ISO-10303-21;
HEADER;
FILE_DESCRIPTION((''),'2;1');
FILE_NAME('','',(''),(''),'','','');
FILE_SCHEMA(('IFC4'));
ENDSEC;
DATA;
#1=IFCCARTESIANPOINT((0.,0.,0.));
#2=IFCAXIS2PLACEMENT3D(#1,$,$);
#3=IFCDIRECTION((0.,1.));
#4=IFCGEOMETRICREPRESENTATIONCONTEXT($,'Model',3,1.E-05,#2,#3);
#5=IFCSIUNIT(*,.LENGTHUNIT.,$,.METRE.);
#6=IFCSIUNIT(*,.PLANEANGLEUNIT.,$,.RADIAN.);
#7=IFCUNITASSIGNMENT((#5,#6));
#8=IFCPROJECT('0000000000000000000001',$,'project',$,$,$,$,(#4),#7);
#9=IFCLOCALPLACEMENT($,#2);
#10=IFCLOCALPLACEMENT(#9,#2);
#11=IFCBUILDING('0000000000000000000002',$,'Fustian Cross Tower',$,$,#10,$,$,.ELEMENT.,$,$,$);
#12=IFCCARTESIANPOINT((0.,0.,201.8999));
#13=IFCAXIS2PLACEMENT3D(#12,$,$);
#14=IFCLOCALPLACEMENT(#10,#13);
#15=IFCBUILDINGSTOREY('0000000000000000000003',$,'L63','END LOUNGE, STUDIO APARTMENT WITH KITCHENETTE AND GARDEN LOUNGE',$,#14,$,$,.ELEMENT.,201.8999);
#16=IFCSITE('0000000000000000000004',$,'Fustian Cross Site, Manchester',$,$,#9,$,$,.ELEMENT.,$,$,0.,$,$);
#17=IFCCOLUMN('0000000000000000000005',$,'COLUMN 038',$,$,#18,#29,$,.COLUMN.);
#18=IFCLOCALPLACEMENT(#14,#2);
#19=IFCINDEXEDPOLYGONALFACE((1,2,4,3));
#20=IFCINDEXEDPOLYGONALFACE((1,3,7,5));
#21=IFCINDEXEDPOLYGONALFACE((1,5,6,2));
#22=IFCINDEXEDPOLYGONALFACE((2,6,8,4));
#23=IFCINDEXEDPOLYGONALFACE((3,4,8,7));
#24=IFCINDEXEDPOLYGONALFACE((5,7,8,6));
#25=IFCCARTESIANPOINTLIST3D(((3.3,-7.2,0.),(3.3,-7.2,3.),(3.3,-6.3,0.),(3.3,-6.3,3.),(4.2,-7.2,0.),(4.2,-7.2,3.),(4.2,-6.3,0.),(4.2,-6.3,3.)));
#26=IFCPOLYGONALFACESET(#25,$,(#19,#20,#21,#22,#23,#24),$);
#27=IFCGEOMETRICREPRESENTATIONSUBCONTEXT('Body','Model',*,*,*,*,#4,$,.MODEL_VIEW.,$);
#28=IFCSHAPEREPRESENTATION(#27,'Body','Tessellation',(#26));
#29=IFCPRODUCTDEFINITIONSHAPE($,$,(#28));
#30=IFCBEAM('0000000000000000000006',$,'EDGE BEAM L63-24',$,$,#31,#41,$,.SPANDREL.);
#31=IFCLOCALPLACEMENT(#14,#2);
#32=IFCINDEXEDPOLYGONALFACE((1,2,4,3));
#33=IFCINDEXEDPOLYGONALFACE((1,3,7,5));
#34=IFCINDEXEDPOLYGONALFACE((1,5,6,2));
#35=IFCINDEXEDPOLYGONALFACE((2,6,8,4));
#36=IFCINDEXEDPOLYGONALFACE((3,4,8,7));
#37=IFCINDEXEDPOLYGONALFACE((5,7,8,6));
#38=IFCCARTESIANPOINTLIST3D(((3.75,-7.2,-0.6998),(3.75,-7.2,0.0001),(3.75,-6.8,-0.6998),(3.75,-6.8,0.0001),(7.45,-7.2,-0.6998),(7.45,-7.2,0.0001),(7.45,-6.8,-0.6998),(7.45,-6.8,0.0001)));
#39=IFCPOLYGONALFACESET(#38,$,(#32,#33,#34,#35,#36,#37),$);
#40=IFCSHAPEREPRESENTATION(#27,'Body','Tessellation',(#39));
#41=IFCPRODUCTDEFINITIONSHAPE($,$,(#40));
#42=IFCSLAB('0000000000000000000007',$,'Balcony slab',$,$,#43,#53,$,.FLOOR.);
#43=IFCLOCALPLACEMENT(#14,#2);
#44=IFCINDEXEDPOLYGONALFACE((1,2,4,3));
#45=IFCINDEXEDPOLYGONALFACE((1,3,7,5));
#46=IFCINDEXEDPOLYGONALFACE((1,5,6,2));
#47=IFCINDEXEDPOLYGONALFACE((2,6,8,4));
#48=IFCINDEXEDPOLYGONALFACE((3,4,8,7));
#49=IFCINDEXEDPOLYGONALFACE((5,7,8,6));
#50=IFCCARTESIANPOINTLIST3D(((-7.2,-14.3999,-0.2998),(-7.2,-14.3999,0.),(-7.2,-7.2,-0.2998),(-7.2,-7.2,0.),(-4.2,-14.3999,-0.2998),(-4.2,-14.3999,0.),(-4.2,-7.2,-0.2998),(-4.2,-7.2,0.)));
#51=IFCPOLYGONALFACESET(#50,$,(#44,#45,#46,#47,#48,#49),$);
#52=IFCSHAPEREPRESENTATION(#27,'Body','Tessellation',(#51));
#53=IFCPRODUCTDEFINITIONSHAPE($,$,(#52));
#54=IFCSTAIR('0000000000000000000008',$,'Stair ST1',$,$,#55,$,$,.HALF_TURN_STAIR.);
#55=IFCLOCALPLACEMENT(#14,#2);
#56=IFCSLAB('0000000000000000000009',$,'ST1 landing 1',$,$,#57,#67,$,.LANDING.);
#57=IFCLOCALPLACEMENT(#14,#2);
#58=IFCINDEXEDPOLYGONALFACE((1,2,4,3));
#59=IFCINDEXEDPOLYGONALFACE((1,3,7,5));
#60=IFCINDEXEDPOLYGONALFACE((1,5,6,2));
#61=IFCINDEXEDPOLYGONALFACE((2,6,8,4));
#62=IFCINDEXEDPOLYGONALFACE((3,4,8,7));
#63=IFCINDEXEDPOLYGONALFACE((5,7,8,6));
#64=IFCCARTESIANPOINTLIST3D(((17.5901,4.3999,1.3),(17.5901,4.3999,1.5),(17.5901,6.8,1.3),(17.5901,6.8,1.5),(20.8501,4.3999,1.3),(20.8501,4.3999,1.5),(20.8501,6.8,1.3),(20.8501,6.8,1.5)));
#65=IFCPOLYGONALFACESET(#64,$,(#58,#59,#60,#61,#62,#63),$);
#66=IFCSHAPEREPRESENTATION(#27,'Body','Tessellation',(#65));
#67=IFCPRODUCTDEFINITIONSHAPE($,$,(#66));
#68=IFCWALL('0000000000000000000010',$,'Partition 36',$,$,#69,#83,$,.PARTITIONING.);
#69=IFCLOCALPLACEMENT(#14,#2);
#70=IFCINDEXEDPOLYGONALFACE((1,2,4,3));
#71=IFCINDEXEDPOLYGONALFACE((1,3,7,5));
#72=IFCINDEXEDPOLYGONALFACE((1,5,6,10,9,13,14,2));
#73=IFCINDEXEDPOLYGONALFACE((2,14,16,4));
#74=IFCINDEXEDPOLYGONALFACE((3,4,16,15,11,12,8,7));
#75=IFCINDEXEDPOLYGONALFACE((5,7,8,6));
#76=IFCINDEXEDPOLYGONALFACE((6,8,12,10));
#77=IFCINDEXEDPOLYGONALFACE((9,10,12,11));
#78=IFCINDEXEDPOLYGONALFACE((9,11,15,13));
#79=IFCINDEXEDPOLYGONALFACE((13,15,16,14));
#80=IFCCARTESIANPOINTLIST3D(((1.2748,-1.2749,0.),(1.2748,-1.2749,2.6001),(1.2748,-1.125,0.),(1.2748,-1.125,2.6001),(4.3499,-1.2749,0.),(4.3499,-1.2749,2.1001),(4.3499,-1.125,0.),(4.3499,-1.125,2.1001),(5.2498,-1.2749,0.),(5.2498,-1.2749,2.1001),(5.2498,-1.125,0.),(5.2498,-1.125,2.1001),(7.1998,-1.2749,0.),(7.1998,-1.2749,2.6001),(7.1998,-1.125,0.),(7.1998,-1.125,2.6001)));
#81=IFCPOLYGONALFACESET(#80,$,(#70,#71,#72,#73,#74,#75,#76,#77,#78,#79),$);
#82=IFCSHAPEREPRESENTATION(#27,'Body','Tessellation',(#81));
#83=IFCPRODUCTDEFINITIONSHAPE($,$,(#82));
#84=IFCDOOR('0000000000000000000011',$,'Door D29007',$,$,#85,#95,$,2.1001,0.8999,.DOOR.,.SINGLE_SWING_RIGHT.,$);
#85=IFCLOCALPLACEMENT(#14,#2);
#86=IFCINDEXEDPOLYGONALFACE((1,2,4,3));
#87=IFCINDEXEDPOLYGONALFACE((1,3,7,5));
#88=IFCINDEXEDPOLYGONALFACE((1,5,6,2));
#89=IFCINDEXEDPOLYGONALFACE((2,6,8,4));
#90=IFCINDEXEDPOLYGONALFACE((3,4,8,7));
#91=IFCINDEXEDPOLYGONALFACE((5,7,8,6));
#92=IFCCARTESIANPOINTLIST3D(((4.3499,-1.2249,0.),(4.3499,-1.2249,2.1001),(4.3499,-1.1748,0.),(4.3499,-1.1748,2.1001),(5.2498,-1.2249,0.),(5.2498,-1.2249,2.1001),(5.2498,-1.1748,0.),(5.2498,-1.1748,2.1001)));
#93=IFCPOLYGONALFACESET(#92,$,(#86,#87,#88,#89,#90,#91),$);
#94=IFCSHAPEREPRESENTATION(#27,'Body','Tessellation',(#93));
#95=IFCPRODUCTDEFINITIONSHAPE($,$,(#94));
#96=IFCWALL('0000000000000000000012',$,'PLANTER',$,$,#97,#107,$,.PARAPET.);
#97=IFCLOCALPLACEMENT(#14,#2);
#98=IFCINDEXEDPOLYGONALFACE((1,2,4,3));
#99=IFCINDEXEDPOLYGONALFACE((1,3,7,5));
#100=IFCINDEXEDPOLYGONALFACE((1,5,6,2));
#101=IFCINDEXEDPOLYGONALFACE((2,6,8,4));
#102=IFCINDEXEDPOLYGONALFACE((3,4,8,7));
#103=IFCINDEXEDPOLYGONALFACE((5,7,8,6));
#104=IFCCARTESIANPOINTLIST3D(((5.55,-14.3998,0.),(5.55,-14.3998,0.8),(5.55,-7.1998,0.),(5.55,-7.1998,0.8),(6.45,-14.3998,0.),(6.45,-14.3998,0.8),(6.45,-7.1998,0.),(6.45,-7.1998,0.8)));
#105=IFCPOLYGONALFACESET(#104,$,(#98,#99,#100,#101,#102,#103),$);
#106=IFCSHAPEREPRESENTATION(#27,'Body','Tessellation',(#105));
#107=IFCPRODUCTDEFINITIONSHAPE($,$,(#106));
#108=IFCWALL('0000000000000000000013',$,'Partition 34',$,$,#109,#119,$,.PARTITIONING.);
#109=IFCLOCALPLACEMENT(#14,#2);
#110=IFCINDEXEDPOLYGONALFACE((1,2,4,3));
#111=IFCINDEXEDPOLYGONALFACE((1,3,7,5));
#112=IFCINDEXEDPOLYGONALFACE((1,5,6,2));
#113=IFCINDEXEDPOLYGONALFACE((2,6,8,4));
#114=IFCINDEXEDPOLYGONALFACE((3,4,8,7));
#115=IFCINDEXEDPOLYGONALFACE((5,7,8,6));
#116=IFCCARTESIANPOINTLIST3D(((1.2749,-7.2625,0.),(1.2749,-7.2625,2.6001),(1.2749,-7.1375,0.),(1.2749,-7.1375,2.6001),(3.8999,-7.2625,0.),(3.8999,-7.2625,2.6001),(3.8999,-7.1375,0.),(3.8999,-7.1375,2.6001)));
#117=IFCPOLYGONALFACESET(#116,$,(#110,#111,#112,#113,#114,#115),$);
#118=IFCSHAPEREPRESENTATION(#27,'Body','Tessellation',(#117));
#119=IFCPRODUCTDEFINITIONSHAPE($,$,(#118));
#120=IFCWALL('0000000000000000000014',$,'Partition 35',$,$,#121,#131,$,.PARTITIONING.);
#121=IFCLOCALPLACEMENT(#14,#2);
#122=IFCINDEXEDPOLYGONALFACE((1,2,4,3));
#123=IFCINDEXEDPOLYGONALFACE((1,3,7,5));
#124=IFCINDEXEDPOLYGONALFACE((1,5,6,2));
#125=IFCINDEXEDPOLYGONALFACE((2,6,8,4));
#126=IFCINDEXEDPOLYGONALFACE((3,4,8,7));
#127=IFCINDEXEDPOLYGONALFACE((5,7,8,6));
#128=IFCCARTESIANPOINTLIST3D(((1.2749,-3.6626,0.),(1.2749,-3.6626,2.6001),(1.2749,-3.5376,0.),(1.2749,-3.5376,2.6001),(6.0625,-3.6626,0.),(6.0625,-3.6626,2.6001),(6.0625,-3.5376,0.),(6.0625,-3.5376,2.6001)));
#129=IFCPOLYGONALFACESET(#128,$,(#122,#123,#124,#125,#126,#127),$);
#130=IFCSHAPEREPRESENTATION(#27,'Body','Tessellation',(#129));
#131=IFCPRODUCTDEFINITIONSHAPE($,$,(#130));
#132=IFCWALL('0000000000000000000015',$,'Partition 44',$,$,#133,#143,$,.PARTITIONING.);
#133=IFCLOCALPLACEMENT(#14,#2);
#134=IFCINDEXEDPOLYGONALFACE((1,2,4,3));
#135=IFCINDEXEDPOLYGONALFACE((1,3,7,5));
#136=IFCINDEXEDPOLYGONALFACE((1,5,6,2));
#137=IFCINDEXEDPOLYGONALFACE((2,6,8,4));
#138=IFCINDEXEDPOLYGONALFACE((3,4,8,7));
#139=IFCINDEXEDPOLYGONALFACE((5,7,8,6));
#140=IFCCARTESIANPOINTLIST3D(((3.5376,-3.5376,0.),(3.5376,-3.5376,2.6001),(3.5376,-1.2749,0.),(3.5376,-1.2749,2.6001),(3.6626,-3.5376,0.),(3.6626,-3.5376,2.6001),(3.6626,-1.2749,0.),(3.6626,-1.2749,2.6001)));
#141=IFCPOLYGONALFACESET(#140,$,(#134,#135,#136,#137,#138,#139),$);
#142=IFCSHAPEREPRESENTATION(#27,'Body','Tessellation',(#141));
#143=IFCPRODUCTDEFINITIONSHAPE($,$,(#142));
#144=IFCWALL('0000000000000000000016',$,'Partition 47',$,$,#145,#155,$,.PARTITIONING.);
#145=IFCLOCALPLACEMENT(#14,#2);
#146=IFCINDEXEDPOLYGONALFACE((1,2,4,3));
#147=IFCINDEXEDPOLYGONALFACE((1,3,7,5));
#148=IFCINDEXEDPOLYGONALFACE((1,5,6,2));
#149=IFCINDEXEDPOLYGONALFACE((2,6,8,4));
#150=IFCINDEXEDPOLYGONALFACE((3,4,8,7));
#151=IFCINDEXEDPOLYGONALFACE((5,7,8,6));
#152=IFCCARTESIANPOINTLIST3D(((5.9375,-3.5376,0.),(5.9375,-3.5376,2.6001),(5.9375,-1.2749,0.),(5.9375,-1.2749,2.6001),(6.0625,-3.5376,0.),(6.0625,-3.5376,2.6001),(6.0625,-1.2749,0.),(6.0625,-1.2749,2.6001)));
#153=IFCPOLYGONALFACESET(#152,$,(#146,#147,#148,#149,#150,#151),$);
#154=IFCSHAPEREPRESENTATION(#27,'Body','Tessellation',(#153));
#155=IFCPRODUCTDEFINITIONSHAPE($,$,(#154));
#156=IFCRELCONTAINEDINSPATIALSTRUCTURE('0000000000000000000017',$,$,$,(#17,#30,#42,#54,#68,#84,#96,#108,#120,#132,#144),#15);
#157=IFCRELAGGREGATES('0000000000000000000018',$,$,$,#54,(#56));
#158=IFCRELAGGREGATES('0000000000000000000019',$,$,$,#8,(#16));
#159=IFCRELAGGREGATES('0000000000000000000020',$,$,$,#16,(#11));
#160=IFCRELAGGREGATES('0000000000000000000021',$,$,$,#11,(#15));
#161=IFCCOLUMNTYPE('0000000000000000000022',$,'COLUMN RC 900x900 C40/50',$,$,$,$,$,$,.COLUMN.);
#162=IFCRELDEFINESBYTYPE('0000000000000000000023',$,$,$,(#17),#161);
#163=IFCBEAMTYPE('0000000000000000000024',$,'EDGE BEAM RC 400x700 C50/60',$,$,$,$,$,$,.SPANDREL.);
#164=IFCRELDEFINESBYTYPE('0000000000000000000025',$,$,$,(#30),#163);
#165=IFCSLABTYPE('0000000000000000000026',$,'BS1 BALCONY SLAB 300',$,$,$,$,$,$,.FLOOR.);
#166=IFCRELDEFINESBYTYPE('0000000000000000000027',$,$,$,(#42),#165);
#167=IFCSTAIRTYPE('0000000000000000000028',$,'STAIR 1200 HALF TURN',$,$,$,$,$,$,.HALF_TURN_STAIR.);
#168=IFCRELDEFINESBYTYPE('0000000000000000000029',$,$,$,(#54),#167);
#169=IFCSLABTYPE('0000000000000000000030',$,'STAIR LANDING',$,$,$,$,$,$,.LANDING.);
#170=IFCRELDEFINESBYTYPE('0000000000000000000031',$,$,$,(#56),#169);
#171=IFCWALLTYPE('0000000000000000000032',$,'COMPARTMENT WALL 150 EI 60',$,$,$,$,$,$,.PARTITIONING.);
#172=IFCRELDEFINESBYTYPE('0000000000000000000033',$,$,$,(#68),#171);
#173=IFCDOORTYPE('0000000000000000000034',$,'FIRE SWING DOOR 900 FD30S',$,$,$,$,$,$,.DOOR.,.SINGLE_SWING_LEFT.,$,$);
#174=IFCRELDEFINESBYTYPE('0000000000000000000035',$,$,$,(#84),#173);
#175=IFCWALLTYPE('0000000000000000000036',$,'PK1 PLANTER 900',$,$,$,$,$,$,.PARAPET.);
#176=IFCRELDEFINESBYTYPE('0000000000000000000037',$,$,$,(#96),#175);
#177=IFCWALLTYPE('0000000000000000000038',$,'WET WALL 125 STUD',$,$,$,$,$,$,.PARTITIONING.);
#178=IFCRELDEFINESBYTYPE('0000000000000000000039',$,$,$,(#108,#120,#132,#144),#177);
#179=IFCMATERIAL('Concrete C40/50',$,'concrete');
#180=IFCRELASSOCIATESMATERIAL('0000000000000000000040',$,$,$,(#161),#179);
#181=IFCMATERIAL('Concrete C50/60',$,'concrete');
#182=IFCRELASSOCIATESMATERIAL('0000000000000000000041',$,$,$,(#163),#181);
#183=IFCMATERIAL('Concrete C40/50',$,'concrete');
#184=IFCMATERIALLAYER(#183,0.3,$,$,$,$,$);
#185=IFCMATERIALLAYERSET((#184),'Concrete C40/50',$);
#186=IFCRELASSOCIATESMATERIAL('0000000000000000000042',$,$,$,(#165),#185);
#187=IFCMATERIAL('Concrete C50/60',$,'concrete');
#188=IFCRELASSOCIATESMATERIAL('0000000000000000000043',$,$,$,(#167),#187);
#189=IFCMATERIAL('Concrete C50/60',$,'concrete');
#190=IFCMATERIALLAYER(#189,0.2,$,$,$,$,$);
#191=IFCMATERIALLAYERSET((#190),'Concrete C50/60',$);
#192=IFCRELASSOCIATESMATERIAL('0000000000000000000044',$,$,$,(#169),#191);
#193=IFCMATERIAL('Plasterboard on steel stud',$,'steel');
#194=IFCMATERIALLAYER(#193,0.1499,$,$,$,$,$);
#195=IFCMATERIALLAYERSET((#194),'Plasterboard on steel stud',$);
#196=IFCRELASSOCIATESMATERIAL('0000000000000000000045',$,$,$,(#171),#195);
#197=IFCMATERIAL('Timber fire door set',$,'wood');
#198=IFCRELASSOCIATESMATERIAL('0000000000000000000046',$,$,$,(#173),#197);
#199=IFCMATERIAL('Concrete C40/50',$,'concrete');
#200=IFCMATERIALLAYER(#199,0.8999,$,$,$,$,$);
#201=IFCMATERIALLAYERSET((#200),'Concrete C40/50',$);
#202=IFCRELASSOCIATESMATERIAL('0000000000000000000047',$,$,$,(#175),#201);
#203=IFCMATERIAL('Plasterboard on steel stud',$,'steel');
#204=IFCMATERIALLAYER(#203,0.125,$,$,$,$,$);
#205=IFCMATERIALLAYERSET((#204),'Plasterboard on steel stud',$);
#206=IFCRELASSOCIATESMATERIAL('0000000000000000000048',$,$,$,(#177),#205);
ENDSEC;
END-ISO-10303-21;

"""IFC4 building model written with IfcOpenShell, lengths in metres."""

from ifc_helpers import new_model, si_unit, direction, frame, frame_2d, origin, origin_2d, place, context, subcontext, project, spatial, polyline, rectangle, outline, extrude, material, layer, layer_set, material_profile, profile_set, type_object, element, fill, aggregate, save


model = new_model("IFC4")

# Units and contexts
model_context = context("Model", 3, precision=1e-05, world=origin(), true_north=direction((0.0, 1.0)))
body_context = subcontext(model_context, "Body", "Model", "MODEL_VIEW")
ifc_project = project(units=[si_unit("LENGTHUNIT", "METRE"), si_unit("PLANEANGLEUNIT", "RADIAN")], contexts=[model_context])

# Site, building, storey
site_placement = place(None, origin())
site = spatial("IfcSite", under=ifc_project, at=site_placement, Name="Fustian Cross Site, Manchester", CompositionType="ELEMENT", RefElevation=0.0)
building_placement = place(site_placement, origin())
building = spatial("IfcBuilding", under=site, at=building_placement, Name="Fustian Cross Tower", CompositionType="ELEMENT")
storey_placement = place(building_placement, frame((0.0, 0.0, 201.8999)))
storey = spatial("IfcBuildingStorey", under=building, at=storey_placement, Name="L63", Description="END LOUNGE, STUDIO APARTMENT WITH KITCHENETTE AND GARDEN LOUNGE", CompositionType="ELEMENT", Elevation=201.8999)

# Column
ifc_material_1 = material(Name="Concrete C40/50", Category="concrete")
ifc_material_profile_1 = material_profile(ifc_material_1, rectangle(XDim=0.8999, YDim=0.8999, at=origin_2d()), Name="RC 900x900")
ifc_profile_set_1 = profile_set([ifc_material_profile_1], Name="Concrete C40/50")
column_type = type_object("IfcColumnType", Name="COLUMN RC 900x900 C40/50", PredefinedType="COLUMN", material=ifc_profile_set_1)
column_placement = place(storey_placement, frame((3.75, -6.75, 0.0), z_axis=(0.0, 0.0, 1.0), x_axis=(1.0, 0.0, 0.0)))
element("IfcColumn", 1, at=column_placement, inside=storey, type_object=column_type, Name="COLUMN 038", PredefinedType="COLUMN", context=body_context, shape_type="SweptSolid", body=[
    extrude(rectangle(XDim=0.8999, YDim=0.8999, at=origin_2d()), origin(), (0.0, 0.0, 1.0), 3.0),
])

# Beam
ifc_material_2 = material(Name="Concrete C50/60", Category="concrete")
ifc_material_profile_2 = material_profile(ifc_material_2, rectangle(XDim=0.3999, YDim=0.7, at=origin_2d()), Name="RC 400x700")
ifc_profile_set_2 = profile_set([ifc_material_profile_2], Name="Concrete C50/60")
beam_type = type_object("IfcBeamType", Name="EDGE BEAM RC 400x700 C50/60", PredefinedType="SPANDREL", material=ifc_profile_set_2)
beam_placement = place(storey_placement, frame((3.75, -7.0, -0.3499), z_axis=(1.0, 0.0, 0.0), x_axis=(0.0, 1.0, 0.0)))
element("IfcBeam", 2, at=beam_placement, inside=storey, type_object=beam_type, Name="EDGE BEAM L63-24", PredefinedType="SPANDREL", context=body_context, shape_type="SweptSolid", body=[
    extrude(rectangle(XDim=0.3999, YDim=0.7, at=origin_2d()), origin(), (0.0, 0.0, 1.0), 3.7),
])

# Slab
ifc_material_3 = material(Name="Concrete C40/50", Category="concrete")
ifc_layer_1 = layer(ifc_material_3, 0.3)
ifc_layer_set_1 = layer_set([ifc_layer_1], Name="Concrete C40/50")
slab_type_1 = type_object("IfcSlabType", Name="BS1 BALCONY SLAB 300", PredefinedType="FLOOR", material=ifc_layer_set_1)
slab_1_placement = place(storey_placement, frame((0.0, 0.0, -0.2998)))
element("IfcSlab", 3, at=slab_1_placement, inside=storey, type_object=slab_type_1, Name="Balcony slab", PredefinedType="FLOOR", context=body_context, shape_type="SweptSolid", body=[
    extrude(outline(polyline([(-7.2, -14.3999), (-4.2, -14.3999), (-4.2, -7.2), (-7.2, -7.2), (-7.2, -14.3999)])), origin(), (0.0, 0.0, 1.0), 0.2998),
])

# Stair, slab
ifc_material_4 = material(Name="Concrete C50/60", Category="concrete")
stair_type = type_object("IfcStairType", Name="STAIR 1200 HALF TURN", PredefinedType="HALF_TURN_STAIR", material=ifc_material_4)
stair_placement = place(storey_placement, origin())
stair = element("IfcStair", 4, at=stair_placement, inside=storey, type_object=stair_type, Name="Stair ST1", PredefinedType="HALF_TURN_STAIR")
ifc_material_5 = material(Name="Concrete C50/60", Category="concrete")
ifc_layer_2 = layer(ifc_material_5, 0.2)
ifc_layer_set_2 = layer_set([ifc_layer_2], Name="Concrete C50/60")
slab_type_2 = type_object("IfcSlabType", Name="STAIR LANDING", PredefinedType="LANDING", material=ifc_layer_set_2)
slab_2_placement = place(storey_placement, frame((0.0, 0.0, 1.3)))
slab_2 = element("IfcSlab", 5, at=slab_2_placement, type_object=slab_type_2, Name="ST1 landing 1", PredefinedType="LANDING", context=body_context, shape_type="SweptSolid", body=[
    extrude(outline(polyline([(17.5901, 4.3999), (20.8501, 4.3999), (20.8501, 6.8), (17.5901, 6.8), (17.5901, 4.3999)])), origin(), (0.0, 0.0, 1.0), 0.2),
])
aggregate(stair, [slab_2])

# Wall, opening, door
ifc_material_6 = material(Name="Plasterboard on steel stud", Category="steel")
ifc_layer_3 = layer(ifc_material_6, 0.1499)
ifc_layer_set_3 = layer_set([ifc_layer_3], Name="Plasterboard on steel stud")
wall_type_1 = type_object("IfcWallType", Name="COMPARTMENT WALL 150 EI 60", PredefinedType="PARTITIONING", material=ifc_layer_set_3)
wall_1_placement = place(storey_placement, frame((1.2749, -1.2, 0.0), z_axis=(0.0, 0.0, 1.0), x_axis=(1.0, 0.0, 0.0)))
wall_1 = element("IfcWall", 6, at=wall_1_placement, inside=storey, type_object=wall_type_1, Name="Partition 36", PredefinedType="PARTITIONING", context=body_context, shape_type="SweptSolid", body=[
    extrude(rectangle(XDim=5.925, YDim=0.1499, at=frame_2d((2.9624, 0.0))), origin(), (0.0, 0.0, 1.0), 2.6001),
])
opening_1_placement = place(wall_1_placement, frame((3.075, 0.0, 0.0)))
opening_1 = element("IfcOpeningElement", 7, at=opening_1_placement, cuts=wall_1, PredefinedType="OPENING", context=body_context, shape_type="SweptSolid", body=[
    extrude(rectangle(XDim=0.8999, YDim=2.1001, at=frame_2d((0.45, 1.05))), frame((0.0, 0.085, 0.0), z_axis=(0.0, -1.0, 0.0), x_axis=(1.0, 0.0, 0.0)), (0.0, 0.0, 1.0), 0.1699),
])
ifc_material_7 = material(Name="Timber fire door set", Category="wood")
door_type_1 = type_object("IfcDoorType", Name="FIRE SWING DOOR 900 FD30S", OperationType="SINGLE_SWING_LEFT", PredefinedType="DOOR", material=ifc_material_7)
door_1_placement = place(opening_1_placement, frame((0.8999, 0.0, 0.0), z_axis=(0.0, 0.0, 1.0), x_axis=(-1.0, 0.0, 0.0)))
door_1 = element("IfcDoor", 8, at=door_1_placement, inside=storey, type_object=door_type_1, Name="Door D29007", OperationType="SINGLE_SWING_RIGHT", OverallHeight=2.1001, OverallWidth=0.8999, PredefinedType="DOOR", context=body_context, shape_type="SweptSolid", body=[
    extrude(rectangle(XDim=0.8999, YDim=2.1001, at=frame_2d((0.45, 1.05))), frame((0.0, 0.0249, 0.0), z_axis=(0.0, -1.0, 0.0), x_axis=(1.0, 0.0, 0.0)), (0.0, 0.0, 1.0), 0.05),
])
fill(opening_1, door_1)

# Walls
ifc_material_8 = material(Name="Concrete C40/50", Category="concrete")
ifc_layer_4 = layer(ifc_material_8, 0.8999)
ifc_layer_set_4 = layer_set([ifc_layer_4], Name="Concrete C40/50")
wall_type_2 = type_object("IfcWallType", Name="PK1 PLANTER 900", PredefinedType="PARAPET", material=ifc_layer_set_4)
wall_2_placement = place(storey_placement, frame((6.0, -14.3999, 0.0), z_axis=(0.0, 0.0, 1.0), x_axis=(0.0, 1.0, 0.0)))
element("IfcWall", 9, at=wall_2_placement, inside=storey, type_object=wall_type_2, Name="PLANTER", PredefinedType="PARAPET", context=body_context, shape_type="SweptSolid", body=[
    extrude(rectangle(XDim=7.2, YDim=0.8999, at=frame_2d((3.6001, 0.0))), origin(), (0.0, 0.0, 1.0), 0.8),
])
ifc_material_9 = material(Name="Plasterboard on steel stud", Category="steel")
ifc_layer_5 = layer(ifc_material_9, 0.125)
ifc_layer_set_5 = layer_set([ifc_layer_5], Name="Plasterboard on steel stud")
wall_type_3 = type_object("IfcWallType", Name="WET WALL 125 STUD", PredefinedType="PARTITIONING", material=ifc_layer_set_5)
wall_3_placement = place(storey_placement, frame((1.2749, -7.2, 0.0), z_axis=(0.0, 0.0, 1.0), x_axis=(1.0, 0.0, 0.0)))
element("IfcWall", 10, at=wall_3_placement, inside=storey, type_object=wall_type_3, Name="Partition 34", PredefinedType="PARTITIONING", context=body_context, shape_type="SweptSolid", body=[
    extrude(rectangle(XDim=2.625, YDim=0.125, at=frame_2d((1.3125, 0.0))), origin(), (0.0, 0.0, 1.0), 2.6001),
])
wall_4_placement = place(storey_placement, frame((1.2749, -3.6001, 0.0), z_axis=(0.0, 0.0, 1.0), x_axis=(1.0, 0.0, 0.0)))
element("IfcWall", 11, at=wall_4_placement, inside=storey, type_object=wall_type_3, Name="Partition 35", PredefinedType="PARTITIONING", context=body_context, shape_type="SweptSolid", body=[
    extrude(rectangle(XDim=4.7876, YDim=0.125, at=frame_2d((2.3938, 0.0))), origin(), (0.0, 0.0, 1.0), 2.6001),
])
for number, where, z_axis, x_axis, name in (
    (12, (3.6001, -3.5376, 0.0), (0.0, 0.0, 1.0), (0.0, 1.0, 0.0), "Partition 44"),
    (13, (6.0, -3.5376, 0.0), (0.0, 0.0, 1.0), (0.0, 1.0, 0.0), "Partition 47"),
):
    element("IfcWall", number, at=place(storey_placement, frame(where, z_axis=z_axis, x_axis=x_axis)), inside=storey, type_object=wall_type_3, Name=name, PredefinedType="PARTITIONING", context=body_context, shape_type="SweptSolid", body=[
        extrude(rectangle(XDim=2.2627, YDim=0.125, at=frame_2d((1.1313, 0.0))), origin(), (0.0, 0.0, 1.0), 2.6001),
    ])

save(model, "model.ifc")
